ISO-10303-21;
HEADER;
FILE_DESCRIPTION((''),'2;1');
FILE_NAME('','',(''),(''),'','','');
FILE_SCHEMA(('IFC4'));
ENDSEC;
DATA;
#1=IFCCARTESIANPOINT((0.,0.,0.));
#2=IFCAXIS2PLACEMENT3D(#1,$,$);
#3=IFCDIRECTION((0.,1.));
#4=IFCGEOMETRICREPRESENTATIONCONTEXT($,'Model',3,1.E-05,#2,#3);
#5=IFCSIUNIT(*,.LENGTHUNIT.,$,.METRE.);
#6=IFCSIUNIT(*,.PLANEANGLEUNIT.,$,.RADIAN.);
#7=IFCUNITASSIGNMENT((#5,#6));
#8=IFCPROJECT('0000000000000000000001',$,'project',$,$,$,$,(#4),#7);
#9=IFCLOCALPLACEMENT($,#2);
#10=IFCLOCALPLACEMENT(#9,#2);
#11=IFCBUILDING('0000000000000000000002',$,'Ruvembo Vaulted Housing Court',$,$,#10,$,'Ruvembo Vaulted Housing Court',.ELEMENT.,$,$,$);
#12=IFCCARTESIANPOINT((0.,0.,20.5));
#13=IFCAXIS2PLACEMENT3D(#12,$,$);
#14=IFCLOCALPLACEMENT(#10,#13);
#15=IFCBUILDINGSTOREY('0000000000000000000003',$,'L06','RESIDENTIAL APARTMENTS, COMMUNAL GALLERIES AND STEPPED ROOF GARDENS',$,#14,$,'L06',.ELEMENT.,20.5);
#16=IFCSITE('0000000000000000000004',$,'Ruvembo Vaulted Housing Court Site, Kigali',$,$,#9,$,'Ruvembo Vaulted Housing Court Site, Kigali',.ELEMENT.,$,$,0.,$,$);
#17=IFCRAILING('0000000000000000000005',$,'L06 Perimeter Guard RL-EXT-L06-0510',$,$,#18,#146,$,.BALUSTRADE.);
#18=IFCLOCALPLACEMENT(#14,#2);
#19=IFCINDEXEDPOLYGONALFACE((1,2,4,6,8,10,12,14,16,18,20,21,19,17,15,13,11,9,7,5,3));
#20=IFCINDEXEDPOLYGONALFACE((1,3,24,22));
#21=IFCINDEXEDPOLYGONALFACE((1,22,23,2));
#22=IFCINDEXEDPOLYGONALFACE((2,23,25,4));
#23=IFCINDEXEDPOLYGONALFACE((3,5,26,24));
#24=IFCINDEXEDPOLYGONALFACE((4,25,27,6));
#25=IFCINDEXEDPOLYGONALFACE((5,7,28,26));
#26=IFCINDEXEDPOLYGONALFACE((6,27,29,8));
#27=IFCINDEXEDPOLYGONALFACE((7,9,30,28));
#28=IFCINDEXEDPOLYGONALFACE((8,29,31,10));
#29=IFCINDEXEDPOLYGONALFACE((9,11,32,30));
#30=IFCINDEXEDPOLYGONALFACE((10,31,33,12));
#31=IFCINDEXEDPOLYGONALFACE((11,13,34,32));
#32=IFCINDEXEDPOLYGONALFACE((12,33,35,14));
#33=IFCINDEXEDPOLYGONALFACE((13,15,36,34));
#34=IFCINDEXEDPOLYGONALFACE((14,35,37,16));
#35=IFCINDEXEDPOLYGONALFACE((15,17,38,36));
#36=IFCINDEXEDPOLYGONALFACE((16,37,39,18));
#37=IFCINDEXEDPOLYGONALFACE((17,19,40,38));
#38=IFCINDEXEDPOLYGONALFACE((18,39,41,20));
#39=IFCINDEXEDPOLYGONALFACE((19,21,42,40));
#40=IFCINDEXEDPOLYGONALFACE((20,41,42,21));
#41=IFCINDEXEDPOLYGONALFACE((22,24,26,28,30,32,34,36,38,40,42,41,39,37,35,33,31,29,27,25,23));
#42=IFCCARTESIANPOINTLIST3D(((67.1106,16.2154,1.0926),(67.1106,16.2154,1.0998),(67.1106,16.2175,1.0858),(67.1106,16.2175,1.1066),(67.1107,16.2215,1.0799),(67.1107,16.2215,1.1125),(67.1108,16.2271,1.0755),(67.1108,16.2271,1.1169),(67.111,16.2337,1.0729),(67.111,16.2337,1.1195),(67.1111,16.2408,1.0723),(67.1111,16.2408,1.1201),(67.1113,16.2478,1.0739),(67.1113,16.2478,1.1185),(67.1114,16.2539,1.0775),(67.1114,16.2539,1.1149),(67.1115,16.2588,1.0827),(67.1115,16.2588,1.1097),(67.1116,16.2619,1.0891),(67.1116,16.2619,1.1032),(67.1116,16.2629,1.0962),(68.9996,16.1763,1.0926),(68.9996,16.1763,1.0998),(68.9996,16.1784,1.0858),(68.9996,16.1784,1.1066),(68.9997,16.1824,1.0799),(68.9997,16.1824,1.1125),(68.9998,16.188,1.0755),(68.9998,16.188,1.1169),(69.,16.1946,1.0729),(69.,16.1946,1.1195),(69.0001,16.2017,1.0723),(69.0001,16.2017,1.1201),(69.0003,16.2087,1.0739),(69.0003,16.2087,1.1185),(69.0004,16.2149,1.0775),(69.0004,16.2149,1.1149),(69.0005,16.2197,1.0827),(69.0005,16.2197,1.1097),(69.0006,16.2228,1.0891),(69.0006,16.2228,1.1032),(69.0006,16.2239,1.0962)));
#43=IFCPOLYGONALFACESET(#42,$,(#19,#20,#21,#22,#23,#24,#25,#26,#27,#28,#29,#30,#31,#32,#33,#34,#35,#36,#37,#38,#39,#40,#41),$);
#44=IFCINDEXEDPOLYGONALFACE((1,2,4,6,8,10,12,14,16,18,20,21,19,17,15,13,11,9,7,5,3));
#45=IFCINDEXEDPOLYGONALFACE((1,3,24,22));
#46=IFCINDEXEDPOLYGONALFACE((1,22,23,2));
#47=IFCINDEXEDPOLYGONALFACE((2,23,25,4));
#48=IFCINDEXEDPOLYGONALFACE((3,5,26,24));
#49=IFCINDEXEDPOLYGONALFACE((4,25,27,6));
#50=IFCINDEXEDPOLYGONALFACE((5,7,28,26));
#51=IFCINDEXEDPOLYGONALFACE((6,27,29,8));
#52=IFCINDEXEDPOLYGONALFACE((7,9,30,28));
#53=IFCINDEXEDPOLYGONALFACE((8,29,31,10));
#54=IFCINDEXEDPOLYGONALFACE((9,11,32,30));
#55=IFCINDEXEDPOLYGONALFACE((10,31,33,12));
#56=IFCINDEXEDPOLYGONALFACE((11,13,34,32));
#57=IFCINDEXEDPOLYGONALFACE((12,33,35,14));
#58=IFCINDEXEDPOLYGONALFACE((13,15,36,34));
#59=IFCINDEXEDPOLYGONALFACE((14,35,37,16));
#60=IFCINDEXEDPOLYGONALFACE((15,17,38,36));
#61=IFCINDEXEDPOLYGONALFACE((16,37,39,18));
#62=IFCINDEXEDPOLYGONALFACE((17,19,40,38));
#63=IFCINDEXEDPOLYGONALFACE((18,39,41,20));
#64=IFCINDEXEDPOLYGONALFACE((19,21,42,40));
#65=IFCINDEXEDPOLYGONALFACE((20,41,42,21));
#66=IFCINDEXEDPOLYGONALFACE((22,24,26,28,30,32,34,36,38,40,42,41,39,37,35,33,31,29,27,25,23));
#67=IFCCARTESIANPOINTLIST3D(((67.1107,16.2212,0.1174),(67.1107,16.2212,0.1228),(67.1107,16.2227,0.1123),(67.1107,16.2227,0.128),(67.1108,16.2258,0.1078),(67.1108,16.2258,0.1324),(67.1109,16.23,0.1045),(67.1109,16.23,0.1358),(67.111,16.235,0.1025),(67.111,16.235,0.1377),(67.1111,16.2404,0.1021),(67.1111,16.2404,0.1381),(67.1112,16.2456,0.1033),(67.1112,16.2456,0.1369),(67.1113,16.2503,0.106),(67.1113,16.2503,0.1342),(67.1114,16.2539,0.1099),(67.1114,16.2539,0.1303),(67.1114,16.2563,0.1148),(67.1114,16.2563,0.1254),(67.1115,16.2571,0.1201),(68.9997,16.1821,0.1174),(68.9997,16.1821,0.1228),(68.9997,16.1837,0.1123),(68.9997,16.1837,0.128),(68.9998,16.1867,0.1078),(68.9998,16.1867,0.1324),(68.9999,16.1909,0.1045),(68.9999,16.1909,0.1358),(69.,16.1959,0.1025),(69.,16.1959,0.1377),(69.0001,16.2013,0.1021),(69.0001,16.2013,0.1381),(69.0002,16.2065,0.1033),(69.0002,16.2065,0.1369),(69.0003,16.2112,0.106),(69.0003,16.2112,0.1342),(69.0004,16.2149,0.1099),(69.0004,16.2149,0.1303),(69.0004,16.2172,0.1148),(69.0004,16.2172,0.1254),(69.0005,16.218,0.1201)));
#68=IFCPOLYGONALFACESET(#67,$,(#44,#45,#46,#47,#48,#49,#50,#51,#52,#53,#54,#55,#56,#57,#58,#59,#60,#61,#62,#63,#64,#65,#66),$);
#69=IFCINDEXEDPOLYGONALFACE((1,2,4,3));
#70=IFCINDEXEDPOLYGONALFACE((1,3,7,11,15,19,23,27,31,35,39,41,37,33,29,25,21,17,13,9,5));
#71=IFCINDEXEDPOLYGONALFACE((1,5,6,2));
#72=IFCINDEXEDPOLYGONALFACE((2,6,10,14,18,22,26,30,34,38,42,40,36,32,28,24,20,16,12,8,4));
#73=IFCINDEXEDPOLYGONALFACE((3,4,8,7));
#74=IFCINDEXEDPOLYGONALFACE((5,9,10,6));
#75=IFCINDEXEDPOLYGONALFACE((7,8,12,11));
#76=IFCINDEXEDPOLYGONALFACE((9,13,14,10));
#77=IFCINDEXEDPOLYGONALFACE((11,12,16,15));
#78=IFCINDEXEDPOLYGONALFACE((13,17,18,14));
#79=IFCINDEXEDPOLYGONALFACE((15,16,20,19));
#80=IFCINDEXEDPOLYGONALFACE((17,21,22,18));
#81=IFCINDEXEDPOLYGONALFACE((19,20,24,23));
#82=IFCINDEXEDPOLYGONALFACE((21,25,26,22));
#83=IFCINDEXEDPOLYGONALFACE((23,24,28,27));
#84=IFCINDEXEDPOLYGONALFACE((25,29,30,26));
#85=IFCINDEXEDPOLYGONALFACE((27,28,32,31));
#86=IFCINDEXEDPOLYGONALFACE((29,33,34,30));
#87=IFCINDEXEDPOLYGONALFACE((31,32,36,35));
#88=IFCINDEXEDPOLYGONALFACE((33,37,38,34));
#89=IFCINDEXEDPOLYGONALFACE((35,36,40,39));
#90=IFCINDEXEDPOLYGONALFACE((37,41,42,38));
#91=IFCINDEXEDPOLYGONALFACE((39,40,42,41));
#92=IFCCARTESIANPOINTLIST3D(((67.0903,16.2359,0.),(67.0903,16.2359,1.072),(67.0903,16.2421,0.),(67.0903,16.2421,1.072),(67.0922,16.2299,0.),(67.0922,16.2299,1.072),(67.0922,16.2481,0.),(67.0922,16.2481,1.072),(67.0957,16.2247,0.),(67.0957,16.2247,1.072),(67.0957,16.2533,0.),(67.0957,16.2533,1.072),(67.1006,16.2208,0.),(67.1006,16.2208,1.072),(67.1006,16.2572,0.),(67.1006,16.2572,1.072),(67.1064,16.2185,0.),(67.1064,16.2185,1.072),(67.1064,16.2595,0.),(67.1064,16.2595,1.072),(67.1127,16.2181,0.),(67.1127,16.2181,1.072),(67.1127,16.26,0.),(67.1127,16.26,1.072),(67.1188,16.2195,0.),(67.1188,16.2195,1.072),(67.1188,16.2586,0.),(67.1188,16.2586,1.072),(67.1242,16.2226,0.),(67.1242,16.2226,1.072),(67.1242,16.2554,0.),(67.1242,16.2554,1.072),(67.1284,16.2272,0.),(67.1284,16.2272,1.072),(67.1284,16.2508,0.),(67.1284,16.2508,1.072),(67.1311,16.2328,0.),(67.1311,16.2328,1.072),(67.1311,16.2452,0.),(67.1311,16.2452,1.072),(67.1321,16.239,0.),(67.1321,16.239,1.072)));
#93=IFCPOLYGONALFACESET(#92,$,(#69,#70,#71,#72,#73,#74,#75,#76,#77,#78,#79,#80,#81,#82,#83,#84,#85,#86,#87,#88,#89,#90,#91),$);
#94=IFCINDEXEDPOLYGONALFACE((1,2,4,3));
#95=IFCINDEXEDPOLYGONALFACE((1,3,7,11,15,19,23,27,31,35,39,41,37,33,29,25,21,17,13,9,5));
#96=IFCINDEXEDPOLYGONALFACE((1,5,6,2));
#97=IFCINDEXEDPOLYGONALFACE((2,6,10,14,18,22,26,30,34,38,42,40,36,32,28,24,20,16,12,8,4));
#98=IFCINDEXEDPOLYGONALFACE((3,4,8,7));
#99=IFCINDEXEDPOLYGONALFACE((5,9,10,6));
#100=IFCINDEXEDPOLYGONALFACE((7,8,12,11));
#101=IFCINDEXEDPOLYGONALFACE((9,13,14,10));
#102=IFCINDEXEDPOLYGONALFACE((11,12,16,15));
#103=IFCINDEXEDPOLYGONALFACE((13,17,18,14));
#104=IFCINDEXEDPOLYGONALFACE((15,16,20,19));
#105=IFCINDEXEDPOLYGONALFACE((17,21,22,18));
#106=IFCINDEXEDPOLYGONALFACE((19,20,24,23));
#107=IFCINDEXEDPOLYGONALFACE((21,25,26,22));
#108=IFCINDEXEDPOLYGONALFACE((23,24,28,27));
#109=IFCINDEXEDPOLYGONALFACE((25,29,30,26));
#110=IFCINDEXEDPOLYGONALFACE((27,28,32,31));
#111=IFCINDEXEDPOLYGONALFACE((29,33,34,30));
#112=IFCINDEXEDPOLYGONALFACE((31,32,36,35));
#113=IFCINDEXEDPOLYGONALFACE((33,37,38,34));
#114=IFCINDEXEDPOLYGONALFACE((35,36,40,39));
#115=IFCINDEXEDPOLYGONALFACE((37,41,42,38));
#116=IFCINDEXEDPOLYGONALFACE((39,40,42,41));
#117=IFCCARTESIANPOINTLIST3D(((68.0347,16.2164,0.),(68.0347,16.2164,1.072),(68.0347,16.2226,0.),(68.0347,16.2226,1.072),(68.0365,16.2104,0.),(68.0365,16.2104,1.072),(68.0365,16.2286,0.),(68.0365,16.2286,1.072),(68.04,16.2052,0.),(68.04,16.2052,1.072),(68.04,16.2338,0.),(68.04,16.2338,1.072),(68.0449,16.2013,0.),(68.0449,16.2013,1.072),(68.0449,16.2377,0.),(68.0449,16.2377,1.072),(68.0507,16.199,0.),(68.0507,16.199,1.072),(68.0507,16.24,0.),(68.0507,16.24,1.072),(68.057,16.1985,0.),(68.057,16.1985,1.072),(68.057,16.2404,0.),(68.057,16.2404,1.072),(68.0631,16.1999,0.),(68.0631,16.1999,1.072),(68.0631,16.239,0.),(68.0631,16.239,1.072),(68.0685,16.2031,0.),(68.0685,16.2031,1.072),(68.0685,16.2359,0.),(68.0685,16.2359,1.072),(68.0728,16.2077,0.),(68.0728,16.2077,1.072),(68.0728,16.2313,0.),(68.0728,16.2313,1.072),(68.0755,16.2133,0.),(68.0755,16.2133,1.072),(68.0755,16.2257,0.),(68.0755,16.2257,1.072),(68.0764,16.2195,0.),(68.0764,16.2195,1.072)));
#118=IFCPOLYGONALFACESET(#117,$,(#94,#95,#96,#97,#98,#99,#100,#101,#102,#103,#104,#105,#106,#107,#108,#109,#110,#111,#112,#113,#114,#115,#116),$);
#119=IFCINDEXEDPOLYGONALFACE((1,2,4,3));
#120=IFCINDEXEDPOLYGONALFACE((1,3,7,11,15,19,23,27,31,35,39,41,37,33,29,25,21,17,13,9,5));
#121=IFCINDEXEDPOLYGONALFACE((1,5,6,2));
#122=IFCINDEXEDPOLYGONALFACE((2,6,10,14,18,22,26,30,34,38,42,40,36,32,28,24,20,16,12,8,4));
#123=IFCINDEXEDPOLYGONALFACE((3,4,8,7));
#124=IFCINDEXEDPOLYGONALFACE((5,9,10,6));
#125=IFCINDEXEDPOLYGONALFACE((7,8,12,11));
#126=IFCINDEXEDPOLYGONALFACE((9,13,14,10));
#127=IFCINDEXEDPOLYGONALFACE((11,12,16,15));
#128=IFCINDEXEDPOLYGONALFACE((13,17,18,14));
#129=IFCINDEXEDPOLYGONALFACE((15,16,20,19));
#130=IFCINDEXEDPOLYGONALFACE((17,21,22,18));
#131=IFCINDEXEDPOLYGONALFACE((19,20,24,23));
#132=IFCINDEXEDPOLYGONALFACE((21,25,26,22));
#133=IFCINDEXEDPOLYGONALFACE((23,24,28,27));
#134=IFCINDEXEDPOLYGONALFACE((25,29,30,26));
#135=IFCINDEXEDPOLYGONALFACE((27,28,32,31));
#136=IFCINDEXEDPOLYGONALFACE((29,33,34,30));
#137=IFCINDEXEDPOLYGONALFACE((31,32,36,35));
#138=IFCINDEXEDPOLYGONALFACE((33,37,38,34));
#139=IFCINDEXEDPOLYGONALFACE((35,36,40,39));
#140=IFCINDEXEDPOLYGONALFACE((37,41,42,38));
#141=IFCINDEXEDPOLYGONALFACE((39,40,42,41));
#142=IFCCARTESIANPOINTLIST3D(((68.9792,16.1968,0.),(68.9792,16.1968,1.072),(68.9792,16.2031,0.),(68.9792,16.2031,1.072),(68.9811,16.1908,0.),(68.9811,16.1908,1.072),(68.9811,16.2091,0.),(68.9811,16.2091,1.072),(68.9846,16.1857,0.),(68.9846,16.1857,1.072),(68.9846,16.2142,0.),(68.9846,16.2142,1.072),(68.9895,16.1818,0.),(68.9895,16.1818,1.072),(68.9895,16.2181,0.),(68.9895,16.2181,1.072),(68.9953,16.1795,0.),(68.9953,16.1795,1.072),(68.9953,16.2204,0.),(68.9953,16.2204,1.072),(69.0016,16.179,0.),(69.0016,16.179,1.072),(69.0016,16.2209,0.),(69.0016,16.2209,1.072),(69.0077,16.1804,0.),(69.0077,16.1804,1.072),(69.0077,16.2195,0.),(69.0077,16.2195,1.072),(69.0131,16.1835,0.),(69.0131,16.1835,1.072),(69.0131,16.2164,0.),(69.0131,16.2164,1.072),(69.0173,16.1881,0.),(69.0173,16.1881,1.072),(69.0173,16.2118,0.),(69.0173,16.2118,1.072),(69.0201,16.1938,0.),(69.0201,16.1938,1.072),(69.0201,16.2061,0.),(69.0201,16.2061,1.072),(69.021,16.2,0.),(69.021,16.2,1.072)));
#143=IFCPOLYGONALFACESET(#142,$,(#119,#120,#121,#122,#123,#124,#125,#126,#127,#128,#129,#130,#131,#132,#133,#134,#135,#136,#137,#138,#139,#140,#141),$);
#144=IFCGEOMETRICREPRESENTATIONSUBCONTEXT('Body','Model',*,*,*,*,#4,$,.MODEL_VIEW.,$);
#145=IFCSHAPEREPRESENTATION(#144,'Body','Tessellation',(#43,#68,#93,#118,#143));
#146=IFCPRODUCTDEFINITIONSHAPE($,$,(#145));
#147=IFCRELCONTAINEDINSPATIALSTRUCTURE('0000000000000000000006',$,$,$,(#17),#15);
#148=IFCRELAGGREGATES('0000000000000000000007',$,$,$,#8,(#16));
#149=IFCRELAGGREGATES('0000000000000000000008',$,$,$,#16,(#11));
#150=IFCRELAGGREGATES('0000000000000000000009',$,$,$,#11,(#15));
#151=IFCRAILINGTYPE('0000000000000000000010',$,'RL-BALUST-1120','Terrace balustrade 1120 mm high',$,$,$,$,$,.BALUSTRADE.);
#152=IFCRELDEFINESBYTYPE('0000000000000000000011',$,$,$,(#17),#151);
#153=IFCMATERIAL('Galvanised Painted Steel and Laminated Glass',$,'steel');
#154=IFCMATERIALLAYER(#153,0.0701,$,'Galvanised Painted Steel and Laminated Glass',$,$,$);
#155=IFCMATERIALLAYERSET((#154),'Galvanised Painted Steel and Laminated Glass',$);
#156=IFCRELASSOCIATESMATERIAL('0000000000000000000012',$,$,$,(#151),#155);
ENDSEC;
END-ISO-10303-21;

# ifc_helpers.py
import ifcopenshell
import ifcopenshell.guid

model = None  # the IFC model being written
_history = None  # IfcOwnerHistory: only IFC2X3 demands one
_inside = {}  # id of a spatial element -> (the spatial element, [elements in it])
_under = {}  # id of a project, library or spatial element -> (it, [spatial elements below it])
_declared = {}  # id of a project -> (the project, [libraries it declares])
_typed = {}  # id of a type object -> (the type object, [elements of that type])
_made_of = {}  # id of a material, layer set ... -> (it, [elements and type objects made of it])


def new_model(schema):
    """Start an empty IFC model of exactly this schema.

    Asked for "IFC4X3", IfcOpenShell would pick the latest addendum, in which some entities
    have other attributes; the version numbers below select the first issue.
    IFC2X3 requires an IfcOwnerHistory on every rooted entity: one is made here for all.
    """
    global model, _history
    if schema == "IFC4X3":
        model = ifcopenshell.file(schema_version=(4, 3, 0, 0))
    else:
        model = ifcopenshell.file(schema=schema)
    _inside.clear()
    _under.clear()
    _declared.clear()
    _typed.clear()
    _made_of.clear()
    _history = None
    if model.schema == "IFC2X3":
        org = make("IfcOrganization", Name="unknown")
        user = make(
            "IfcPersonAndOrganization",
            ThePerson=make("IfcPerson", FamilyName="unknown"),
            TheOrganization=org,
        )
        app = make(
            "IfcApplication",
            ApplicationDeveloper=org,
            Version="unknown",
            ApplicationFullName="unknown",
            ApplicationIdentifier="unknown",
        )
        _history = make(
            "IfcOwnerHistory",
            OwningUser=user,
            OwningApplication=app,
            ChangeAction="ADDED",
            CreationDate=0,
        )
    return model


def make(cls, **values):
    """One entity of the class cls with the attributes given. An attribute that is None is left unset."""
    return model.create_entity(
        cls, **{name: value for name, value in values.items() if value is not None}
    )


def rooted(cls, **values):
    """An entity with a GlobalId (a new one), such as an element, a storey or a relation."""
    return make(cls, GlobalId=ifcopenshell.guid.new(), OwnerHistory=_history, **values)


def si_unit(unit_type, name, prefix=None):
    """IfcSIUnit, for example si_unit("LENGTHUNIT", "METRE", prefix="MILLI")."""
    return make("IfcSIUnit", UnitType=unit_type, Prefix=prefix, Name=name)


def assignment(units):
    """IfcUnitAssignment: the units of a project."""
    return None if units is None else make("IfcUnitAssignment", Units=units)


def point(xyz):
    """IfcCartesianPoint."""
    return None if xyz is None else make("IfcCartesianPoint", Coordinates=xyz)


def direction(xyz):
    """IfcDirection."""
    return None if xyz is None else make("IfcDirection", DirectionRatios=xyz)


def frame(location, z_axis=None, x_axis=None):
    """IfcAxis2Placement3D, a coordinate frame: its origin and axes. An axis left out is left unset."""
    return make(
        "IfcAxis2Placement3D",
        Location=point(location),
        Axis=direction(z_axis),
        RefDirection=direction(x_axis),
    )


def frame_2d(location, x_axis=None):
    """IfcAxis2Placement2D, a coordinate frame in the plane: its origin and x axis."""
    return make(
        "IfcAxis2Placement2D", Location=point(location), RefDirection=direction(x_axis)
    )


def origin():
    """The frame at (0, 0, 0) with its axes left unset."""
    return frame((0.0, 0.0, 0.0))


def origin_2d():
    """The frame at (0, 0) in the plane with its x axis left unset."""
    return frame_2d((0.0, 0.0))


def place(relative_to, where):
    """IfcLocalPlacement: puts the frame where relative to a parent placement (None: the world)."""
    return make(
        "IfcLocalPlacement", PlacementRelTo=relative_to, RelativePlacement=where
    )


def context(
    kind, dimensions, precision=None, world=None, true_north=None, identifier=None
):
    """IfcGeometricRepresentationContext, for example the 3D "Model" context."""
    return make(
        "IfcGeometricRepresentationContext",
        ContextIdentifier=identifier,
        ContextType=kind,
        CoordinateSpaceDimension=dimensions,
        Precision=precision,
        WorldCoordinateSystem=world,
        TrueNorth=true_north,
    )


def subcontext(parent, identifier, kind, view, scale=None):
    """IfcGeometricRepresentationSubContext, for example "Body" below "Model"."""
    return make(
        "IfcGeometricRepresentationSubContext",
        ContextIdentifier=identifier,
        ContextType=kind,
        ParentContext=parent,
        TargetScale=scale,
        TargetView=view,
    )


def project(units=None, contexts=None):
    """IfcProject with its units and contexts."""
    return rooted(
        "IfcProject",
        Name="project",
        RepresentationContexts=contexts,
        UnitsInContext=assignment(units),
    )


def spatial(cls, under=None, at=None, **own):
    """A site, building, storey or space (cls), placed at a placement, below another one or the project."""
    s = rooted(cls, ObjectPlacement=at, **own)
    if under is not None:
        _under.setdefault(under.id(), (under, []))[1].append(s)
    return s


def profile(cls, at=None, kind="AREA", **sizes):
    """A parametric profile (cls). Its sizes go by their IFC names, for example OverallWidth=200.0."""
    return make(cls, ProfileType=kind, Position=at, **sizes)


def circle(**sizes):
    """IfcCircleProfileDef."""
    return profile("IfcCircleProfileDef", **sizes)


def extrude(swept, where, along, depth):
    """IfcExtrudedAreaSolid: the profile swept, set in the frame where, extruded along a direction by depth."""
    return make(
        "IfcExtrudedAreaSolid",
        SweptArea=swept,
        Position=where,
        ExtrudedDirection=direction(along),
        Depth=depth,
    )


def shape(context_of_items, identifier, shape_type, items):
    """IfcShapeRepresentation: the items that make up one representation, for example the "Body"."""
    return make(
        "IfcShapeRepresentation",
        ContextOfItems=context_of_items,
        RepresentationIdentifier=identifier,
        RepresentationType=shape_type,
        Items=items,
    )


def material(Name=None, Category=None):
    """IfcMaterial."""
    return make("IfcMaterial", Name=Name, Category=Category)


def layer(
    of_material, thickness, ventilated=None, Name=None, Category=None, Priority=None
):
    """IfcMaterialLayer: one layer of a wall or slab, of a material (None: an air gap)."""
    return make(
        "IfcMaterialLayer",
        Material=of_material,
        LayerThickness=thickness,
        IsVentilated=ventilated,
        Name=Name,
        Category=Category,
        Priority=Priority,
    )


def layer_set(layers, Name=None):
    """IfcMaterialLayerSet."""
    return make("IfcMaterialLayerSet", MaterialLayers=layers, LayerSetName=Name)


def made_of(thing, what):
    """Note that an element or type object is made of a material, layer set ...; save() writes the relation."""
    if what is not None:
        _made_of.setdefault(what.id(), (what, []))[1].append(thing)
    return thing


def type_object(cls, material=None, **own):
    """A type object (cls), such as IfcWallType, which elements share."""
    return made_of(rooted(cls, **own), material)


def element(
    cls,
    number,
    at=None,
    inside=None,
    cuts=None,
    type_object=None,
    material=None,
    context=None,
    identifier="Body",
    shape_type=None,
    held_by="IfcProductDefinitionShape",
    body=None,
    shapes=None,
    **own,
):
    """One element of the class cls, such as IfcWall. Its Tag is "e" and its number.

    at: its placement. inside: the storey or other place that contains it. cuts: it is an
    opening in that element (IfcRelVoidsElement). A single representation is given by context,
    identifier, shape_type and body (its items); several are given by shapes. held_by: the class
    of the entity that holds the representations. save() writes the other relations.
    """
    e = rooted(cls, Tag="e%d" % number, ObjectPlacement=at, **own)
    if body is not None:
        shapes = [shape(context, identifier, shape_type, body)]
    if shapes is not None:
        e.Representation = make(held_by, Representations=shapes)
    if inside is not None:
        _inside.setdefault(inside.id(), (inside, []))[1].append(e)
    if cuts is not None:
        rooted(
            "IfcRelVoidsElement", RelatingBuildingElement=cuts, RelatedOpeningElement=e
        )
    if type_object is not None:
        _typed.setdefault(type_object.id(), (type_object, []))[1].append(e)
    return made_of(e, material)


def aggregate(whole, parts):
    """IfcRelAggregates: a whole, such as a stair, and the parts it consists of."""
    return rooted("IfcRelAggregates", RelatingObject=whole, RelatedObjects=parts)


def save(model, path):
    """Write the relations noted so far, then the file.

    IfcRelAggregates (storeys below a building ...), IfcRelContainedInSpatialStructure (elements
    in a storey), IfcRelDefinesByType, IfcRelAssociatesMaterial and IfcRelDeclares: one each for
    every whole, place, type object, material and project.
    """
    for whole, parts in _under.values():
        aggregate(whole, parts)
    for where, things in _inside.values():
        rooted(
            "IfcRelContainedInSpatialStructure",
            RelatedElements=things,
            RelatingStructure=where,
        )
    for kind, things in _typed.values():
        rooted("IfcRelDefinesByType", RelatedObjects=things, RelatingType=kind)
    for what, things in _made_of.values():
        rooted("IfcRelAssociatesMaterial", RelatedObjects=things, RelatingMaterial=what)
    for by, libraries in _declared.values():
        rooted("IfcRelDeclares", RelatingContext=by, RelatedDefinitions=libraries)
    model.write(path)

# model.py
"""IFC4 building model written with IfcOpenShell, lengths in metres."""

from ifc_helpers import new_model, si_unit, direction, frame, origin, origin_2d, place, context, subcontext, project, spatial, circle, extrude, material, layer, layer_set, type_object, element, save


model = new_model("IFC4")

# Units and contexts
model_context = context("Model", 3, precision=1e-05, world=origin(), true_north=direction((0.0, 1.0)))
body_context = subcontext(model_context, "Body", "Model", "MODEL_VIEW")
ifc_project = project(units=[si_unit("LENGTHUNIT", "METRE"), si_unit("PLANEANGLEUNIT", "RADIAN")], contexts=[model_context])

# Site, building, storey
site_placement = place(None, origin())
site = spatial("IfcSite", under=ifc_project, at=site_placement, Name="Ruvembo Vaulted Housing Court Site, Kigali", LongName="Ruvembo Vaulted Housing Court Site, Kigali", CompositionType="ELEMENT", RefElevation=0.0)
building_placement = place(site_placement, origin())
building = spatial("IfcBuilding", under=site, at=building_placement, Name="Ruvembo Vaulted Housing Court", LongName="Ruvembo Vaulted Housing Court", CompositionType="ELEMENT")
storey_placement = place(building_placement, frame((0.0, 0.0, 20.5)))
storey = spatial("IfcBuildingStorey", under=building, at=storey_placement, Name="L06", Description="RESIDENTIAL APARTMENTS, COMMUNAL GALLERIES AND STEPPED ROOF GARDENS", LongName="L06", CompositionType="ELEMENT", Elevation=20.5)

# Railing
ifc_material_1 = material(Name="Galvanised Painted Steel and Laminated Glass", Category="steel")
ifc_layer = layer(ifc_material_1, 0.0701, Name="Galvanised Painted Steel and Laminated Glass")
ifc_layer_set = layer_set([ifc_layer], Name="Galvanised Painted Steel and Laminated Glass")
railing_type = type_object("IfcRailingType", Name="RL-BALUST-1120", Description="Terrace balustrade 1120 mm high", PredefinedType="BALUSTRADE", material=ifc_layer_set)
railing_1_placement = place(storey_placement, frame((67.1111, 16.239, 0.0)))
element("IfcRailing", 1, at=railing_1_placement, inside=storey, type_object=railing_type, Name="L06 Perimeter Guard RL-EXT-L06-0510", PredefinedType="BALUSTRADE", context=body_context, shape_type="SweptSolid", body=[
    extrude(circle(Radius=0.0239, at=origin_2d()), frame((0.0, 0.0, 1.0962), z_axis=(0.999786, -0.020675, 0.0), x_axis=(0.020675, 0.999786, 0.0)), (0.0, 0.0, 1.0), 1.8894),
    extrude(circle(Radius=0.0181, at=origin_2d()), frame((0.0, 0.0, 0.1201), z_axis=(0.999786, -0.020675, 0.0), x_axis=(0.020675, 0.999786, 0.0)), (0.0, 0.0, 1.0), 1.8894),
    extrude(circle(Radius=0.021, at=origin_2d()), origin(), (0.0, 0.0, 1.0), 1.072),
    extrude(circle(Radius=0.021, at=origin_2d()), frame((0.9443, -0.0195, 0.0)), (0.0, 0.0, 1.0), 1.072),
    extrude(circle(Radius=0.021, at=origin_2d()), frame((1.8889, -0.0391, 0.0)), (0.0, 0.0, 1.0), 1.072),
])

save(model, "model.ifc")
